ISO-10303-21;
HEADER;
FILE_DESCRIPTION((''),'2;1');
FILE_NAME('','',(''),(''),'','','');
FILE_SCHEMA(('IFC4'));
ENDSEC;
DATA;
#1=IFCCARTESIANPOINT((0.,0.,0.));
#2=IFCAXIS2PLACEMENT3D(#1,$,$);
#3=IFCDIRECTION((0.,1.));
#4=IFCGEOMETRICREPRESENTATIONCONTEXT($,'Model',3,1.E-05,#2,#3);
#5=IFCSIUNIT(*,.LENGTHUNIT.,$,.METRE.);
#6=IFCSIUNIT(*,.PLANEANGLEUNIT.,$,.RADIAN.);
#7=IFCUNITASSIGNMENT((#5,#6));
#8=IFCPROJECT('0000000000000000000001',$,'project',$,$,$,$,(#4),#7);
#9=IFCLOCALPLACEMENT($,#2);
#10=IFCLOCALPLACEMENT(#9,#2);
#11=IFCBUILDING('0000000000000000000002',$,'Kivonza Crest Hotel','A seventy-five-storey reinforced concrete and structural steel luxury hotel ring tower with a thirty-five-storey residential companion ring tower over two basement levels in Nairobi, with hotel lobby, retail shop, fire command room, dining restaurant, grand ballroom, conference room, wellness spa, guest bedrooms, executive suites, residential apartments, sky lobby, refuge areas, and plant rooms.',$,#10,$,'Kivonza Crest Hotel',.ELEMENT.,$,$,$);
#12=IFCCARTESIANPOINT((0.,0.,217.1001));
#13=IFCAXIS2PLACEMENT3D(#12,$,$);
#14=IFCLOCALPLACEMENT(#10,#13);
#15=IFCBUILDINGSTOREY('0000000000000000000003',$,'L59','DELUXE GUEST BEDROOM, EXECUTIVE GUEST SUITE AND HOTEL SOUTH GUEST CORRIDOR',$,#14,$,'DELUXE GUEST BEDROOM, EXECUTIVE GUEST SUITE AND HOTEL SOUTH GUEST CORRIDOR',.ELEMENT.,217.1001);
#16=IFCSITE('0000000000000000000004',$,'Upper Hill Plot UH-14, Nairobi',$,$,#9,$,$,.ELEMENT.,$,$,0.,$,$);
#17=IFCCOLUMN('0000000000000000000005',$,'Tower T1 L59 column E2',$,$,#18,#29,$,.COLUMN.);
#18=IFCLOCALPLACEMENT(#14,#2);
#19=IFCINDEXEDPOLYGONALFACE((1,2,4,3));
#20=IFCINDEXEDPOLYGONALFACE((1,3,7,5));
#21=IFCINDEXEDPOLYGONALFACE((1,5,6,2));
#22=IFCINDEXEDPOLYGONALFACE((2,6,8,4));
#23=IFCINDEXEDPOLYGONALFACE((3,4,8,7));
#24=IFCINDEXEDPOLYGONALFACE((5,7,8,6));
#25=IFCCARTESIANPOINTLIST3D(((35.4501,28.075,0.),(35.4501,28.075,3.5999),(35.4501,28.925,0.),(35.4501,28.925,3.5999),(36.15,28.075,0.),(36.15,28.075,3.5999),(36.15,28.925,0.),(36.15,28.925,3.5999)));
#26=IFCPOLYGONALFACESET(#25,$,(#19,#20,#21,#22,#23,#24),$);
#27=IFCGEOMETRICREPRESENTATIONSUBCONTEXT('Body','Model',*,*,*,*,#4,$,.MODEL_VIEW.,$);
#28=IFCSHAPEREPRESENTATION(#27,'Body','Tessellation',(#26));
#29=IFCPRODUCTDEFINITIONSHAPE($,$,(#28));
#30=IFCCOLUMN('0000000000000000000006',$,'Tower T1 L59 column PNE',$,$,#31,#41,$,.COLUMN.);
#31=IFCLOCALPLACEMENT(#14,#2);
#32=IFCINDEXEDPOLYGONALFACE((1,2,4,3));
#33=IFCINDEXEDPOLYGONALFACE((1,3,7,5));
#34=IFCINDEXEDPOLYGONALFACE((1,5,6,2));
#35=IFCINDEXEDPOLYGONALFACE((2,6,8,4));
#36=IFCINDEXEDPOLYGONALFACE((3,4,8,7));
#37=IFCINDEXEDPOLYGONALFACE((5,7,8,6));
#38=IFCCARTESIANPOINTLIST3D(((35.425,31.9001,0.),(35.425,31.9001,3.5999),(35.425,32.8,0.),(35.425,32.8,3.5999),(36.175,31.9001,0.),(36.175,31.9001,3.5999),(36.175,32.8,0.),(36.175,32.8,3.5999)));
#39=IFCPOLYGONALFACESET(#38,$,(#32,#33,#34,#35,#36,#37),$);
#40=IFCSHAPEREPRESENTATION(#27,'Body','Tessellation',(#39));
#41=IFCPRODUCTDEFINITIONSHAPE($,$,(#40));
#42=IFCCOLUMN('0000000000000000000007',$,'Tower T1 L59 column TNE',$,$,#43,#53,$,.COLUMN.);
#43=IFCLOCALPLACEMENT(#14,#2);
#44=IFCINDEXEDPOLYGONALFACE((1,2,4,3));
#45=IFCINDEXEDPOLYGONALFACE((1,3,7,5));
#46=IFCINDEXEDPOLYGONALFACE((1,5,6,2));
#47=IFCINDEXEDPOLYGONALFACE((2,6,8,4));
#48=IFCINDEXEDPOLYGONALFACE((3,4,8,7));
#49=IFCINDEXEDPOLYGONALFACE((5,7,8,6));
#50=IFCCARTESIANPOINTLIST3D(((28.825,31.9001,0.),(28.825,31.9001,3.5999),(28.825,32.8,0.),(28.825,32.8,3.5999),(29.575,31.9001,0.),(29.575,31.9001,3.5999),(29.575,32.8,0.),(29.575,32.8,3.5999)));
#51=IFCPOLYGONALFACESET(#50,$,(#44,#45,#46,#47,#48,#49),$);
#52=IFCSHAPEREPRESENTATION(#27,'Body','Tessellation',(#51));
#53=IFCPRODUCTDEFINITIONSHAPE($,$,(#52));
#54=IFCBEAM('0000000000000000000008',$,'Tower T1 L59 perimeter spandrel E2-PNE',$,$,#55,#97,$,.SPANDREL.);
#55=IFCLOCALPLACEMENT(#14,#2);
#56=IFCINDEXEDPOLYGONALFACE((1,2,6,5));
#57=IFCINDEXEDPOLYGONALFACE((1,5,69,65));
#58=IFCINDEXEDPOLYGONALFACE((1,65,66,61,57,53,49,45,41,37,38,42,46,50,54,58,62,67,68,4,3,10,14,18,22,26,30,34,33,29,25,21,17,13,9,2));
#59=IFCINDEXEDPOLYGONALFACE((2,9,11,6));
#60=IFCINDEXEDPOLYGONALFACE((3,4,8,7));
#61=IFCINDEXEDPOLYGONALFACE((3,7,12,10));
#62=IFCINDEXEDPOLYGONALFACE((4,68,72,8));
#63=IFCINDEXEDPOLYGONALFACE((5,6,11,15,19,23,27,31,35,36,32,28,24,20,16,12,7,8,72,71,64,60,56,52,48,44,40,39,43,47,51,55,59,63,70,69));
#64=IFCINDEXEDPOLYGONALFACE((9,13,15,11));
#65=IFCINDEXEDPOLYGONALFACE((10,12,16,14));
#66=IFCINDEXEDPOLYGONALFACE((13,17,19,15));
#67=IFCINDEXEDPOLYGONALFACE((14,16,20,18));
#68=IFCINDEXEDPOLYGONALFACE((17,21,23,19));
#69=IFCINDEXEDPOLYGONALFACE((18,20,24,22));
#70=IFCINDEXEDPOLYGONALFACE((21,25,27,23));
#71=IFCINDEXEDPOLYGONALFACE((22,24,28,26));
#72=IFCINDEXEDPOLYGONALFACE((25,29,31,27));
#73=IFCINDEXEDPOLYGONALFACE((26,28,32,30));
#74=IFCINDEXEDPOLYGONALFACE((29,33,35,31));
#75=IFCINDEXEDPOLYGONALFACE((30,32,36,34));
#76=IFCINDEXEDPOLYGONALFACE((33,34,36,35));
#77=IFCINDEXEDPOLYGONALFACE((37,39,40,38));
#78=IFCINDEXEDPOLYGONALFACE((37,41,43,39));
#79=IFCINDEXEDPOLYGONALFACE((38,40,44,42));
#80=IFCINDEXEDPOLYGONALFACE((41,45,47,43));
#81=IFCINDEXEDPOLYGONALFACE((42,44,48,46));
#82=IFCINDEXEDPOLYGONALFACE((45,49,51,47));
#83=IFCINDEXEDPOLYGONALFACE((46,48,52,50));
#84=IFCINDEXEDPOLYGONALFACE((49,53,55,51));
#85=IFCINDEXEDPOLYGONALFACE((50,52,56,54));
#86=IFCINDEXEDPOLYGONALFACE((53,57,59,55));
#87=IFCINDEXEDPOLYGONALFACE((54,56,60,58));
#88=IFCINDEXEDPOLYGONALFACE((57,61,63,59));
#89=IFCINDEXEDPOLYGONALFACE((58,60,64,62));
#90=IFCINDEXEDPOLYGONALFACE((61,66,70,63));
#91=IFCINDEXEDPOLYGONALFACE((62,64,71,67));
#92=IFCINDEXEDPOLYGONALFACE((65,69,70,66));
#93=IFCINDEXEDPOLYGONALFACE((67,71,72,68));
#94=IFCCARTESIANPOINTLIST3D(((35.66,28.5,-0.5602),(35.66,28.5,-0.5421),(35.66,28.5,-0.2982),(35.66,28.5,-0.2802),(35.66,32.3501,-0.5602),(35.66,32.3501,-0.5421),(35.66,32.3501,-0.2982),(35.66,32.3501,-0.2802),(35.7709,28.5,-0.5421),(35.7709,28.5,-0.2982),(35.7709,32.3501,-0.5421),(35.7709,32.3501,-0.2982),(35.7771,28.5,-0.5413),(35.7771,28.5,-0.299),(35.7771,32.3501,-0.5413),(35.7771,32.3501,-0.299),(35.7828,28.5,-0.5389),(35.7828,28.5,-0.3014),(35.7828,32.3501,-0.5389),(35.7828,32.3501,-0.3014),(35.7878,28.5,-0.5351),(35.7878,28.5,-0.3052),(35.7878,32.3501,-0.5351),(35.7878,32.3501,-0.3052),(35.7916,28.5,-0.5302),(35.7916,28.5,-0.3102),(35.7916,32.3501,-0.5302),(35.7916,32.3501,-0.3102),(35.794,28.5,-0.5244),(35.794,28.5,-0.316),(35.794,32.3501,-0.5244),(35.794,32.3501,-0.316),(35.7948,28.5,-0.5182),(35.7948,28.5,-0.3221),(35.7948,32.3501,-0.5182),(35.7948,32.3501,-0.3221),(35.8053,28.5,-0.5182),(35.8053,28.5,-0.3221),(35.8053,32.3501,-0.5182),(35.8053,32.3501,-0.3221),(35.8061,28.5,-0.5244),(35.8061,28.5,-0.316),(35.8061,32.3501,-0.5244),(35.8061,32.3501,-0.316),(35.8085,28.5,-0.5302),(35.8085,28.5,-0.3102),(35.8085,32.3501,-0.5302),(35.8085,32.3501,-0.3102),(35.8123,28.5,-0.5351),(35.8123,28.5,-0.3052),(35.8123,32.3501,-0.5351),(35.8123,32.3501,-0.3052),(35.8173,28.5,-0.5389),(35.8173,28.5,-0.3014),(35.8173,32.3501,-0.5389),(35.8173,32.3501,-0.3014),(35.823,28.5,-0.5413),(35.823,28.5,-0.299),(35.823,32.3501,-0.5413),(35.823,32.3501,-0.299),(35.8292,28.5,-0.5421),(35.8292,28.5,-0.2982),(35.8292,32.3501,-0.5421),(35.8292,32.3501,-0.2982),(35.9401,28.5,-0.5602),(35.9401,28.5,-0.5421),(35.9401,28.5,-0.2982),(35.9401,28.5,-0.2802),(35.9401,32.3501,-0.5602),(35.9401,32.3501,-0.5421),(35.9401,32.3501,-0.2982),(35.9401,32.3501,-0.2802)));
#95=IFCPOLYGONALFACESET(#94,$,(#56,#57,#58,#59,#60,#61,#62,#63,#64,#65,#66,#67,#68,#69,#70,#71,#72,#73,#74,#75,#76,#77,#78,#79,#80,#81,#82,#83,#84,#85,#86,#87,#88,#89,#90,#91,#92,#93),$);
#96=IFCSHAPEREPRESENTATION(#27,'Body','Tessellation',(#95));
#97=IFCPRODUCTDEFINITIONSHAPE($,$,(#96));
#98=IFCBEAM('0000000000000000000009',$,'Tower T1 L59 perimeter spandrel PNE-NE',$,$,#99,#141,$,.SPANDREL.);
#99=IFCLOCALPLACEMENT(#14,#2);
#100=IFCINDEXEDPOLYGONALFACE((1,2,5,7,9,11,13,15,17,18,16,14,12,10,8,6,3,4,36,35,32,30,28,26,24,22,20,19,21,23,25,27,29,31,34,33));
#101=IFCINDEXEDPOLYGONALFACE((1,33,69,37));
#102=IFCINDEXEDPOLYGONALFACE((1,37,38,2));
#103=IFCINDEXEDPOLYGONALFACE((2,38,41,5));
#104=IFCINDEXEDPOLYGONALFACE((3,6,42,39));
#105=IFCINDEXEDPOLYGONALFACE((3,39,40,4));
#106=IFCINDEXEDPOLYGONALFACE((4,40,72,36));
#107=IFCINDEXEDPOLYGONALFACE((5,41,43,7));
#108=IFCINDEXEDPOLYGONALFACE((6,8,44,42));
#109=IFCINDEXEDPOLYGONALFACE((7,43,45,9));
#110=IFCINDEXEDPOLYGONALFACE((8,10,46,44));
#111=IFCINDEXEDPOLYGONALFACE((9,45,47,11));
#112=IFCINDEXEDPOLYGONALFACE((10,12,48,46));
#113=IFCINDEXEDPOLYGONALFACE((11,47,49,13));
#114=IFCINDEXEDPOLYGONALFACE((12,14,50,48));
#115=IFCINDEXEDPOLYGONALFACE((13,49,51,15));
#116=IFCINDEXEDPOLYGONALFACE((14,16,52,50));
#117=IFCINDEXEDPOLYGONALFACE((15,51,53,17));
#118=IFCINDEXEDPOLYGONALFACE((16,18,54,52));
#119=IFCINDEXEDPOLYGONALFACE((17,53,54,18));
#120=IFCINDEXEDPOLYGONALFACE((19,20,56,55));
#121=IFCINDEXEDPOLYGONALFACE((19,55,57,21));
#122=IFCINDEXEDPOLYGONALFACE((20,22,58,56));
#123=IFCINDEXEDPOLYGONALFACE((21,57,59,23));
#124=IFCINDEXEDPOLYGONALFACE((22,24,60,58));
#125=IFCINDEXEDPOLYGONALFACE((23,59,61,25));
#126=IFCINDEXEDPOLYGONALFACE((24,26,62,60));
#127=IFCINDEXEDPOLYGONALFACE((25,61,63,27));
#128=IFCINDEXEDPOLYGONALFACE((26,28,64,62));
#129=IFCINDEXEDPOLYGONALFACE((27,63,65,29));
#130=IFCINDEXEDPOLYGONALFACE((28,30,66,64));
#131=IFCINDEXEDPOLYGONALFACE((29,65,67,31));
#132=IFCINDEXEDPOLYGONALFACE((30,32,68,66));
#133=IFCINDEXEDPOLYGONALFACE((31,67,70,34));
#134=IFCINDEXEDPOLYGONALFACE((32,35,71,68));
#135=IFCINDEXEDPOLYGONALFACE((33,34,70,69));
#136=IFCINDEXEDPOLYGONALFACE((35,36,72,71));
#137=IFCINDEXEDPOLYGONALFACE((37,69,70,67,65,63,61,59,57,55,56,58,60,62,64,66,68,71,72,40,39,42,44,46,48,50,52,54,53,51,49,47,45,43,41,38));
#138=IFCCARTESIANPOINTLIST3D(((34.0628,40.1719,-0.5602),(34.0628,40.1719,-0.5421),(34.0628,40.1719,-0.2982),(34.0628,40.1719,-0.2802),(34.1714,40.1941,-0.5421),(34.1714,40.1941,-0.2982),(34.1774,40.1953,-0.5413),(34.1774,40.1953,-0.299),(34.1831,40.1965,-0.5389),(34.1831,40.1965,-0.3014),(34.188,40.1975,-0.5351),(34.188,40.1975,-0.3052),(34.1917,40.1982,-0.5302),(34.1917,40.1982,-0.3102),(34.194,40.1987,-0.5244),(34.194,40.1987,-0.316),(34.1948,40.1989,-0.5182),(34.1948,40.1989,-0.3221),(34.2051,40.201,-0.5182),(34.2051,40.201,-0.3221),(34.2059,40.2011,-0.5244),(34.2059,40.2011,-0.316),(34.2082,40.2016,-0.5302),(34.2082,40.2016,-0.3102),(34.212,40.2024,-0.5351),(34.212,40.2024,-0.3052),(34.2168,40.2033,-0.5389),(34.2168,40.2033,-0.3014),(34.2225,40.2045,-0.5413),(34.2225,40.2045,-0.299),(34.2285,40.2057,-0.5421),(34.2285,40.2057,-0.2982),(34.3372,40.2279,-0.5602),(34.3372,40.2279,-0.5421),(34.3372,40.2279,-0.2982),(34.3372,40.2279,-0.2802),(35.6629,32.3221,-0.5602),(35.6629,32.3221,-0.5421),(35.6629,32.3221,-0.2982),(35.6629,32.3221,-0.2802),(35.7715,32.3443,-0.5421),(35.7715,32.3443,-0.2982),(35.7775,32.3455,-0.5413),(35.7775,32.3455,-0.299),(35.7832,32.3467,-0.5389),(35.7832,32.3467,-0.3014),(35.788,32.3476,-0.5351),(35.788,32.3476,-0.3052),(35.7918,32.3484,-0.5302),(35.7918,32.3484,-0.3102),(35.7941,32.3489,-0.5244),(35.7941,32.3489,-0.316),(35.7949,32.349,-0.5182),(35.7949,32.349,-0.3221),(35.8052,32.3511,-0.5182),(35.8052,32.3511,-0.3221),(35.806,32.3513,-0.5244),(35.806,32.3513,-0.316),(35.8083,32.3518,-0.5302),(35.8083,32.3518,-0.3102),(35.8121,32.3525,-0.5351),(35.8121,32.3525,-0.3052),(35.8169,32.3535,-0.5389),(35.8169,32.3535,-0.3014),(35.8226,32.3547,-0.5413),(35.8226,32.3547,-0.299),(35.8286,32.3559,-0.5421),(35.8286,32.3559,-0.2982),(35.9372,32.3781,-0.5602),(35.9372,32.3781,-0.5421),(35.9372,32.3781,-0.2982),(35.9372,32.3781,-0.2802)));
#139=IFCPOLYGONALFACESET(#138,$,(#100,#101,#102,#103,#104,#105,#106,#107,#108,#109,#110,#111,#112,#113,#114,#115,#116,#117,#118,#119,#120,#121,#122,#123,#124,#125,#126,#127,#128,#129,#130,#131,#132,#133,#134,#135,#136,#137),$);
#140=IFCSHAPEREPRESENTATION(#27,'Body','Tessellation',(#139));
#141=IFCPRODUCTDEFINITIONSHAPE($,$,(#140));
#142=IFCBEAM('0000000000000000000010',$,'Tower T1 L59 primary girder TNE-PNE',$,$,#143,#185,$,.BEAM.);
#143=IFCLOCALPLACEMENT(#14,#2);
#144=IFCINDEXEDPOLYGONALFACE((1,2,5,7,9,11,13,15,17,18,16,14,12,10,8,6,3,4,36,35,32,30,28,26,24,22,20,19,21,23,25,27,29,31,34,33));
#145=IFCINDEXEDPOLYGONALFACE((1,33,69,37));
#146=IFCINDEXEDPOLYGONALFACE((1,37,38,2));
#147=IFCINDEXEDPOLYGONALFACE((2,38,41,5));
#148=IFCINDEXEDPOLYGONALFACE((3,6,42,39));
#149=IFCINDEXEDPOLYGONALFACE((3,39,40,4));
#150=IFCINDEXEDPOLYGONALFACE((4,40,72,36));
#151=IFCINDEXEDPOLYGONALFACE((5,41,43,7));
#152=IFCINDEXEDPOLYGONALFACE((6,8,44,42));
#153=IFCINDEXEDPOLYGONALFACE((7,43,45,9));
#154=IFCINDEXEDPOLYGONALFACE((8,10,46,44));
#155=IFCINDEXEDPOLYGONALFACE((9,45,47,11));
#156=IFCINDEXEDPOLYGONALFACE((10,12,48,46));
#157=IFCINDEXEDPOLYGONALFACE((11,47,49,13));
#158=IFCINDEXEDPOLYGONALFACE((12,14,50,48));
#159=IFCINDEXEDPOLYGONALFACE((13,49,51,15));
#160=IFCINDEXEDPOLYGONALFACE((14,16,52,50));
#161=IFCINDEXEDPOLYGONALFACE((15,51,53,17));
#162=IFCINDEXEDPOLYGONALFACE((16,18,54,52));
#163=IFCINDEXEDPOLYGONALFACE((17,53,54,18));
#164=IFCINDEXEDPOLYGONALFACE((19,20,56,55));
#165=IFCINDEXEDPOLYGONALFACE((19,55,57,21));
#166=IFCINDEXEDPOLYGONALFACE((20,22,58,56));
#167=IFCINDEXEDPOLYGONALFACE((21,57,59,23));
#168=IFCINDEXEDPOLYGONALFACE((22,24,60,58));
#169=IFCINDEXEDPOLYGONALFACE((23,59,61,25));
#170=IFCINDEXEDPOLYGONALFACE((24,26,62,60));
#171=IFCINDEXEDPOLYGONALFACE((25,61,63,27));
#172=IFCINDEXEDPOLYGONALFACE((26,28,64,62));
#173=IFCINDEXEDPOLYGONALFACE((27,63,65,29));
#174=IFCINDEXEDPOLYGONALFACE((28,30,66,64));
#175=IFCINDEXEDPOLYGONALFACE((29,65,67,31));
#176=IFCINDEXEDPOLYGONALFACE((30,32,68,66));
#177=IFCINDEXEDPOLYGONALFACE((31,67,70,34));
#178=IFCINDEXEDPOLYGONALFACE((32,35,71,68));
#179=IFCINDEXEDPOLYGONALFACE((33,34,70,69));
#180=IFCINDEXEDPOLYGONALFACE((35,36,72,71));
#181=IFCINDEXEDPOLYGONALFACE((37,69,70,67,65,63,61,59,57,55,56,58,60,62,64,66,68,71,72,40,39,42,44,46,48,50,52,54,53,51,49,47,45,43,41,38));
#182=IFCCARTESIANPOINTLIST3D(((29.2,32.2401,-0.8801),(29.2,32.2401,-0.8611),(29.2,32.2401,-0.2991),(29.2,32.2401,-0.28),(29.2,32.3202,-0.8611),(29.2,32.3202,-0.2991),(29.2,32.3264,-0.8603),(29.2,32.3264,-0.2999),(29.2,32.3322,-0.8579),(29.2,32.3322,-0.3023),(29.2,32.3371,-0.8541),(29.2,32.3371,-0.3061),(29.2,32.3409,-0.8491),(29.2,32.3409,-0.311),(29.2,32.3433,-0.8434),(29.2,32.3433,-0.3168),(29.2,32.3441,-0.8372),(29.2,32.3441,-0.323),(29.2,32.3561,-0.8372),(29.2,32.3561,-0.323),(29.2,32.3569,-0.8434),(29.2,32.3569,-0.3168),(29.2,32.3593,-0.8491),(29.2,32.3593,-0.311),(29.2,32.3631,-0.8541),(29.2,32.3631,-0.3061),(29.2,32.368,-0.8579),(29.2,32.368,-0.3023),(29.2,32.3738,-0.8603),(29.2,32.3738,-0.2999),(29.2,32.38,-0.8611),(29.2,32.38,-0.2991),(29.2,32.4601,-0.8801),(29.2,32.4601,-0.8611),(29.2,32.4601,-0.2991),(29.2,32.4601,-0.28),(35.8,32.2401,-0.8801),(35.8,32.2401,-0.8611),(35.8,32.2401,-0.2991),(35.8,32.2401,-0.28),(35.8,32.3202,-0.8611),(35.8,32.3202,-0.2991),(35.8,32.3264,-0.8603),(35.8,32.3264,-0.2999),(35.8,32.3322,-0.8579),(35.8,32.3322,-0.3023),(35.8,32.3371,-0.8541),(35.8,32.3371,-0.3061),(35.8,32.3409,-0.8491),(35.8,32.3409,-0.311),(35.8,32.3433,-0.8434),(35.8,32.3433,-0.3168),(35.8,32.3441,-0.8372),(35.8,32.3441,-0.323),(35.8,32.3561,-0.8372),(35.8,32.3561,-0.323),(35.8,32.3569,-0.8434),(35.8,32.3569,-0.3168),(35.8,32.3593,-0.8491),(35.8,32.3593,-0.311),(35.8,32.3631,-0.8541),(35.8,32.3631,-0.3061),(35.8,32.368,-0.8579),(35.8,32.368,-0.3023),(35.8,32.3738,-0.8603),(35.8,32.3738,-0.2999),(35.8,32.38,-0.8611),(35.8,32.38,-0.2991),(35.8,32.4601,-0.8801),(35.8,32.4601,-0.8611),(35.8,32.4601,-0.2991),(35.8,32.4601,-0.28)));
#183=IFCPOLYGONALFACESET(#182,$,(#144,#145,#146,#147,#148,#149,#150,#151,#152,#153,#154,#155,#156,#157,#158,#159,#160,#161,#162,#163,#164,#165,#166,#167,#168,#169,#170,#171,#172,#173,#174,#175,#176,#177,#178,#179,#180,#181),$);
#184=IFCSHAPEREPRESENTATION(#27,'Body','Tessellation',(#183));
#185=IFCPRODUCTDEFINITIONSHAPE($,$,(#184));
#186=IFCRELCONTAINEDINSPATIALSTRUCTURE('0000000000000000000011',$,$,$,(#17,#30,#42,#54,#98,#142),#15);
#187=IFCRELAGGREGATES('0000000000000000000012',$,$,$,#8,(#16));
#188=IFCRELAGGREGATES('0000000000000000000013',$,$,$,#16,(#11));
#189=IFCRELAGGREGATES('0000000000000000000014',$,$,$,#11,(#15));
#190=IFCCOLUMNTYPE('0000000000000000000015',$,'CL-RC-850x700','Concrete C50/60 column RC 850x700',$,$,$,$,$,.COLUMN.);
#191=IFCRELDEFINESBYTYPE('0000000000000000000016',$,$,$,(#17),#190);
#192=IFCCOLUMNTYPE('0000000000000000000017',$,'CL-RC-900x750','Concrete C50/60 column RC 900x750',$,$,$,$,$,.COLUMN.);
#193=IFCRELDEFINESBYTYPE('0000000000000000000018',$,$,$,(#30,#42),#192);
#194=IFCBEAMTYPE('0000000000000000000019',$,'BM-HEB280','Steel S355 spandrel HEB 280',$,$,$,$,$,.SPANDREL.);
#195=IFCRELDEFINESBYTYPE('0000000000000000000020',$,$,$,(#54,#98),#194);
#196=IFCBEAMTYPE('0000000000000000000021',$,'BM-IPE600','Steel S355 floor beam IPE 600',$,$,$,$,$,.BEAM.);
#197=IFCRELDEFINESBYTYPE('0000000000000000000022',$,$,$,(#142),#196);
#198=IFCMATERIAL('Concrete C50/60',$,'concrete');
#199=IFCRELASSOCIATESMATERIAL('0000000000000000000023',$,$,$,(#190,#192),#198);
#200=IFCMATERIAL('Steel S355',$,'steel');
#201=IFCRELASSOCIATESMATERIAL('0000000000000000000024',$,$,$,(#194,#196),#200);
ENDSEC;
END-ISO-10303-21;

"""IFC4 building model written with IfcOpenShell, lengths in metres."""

from ifc_helpers import new_model, si_unit, direction, frame, origin, origin_2d, place, context, subcontext, project, spatial, rectangle, i_section, extrude, material, material_profile, profile_set, type_object, element, save


model = new_model("IFC4")

# Units and contexts
model_context = context("Model", 3, precision=1e-05, world=origin(), true_north=direction((0.0, 1.0)))
body_context = subcontext(model_context, "Body", "Model", "MODEL_VIEW")
ifc_project = project(units=[si_unit("LENGTHUNIT", "METRE"), si_unit("PLANEANGLEUNIT", "RADIAN")], contexts=[model_context])

# Site, building, storey
site_placement = place(None, origin())
site = spatial("IfcSite", under=ifc_project, at=site_placement, Name="Upper Hill Plot UH-14, Nairobi", CompositionType="ELEMENT", RefElevation=0.0)
building_placement = place(site_placement, origin())
building = spatial("IfcBuilding", under=site, at=building_placement, Name="Kivonza Crest Hotel", Description="A seventy-five-storey reinforced concrete and structural steel luxury hotel ring tower with a thirty-five-storey residential companion ring tower over two basement levels in Nairobi, with hotel lobby, retail shop, fire command room, dining restaurant, grand ballroom, conference room, wellness spa, guest bedrooms, executive suites, residential apartments, sky lobby, refuge areas, and plant rooms.", LongName="Kivonza Crest Hotel", CompositionType="ELEMENT")
storey_placement = place(building_placement, frame((0.0, 0.0, 217.1001)))
storey = spatial("IfcBuildingStorey", under=building, at=storey_placement, Name="L59", Description="DELUXE GUEST BEDROOM, EXECUTIVE GUEST SUITE AND HOTEL SOUTH GUEST CORRIDOR", LongName="DELUXE GUEST BEDROOM, EXECUTIVE GUEST SUITE AND HOTEL SOUTH GUEST CORRIDOR", CompositionType="ELEMENT", Elevation=217.1001)

# Columns
ifc_material_1 = material(Name="Concrete C50/60", Category="concrete")
ifc_material_profile_1 = material_profile(ifc_material_1, rectangle(XDim=0.7, YDim=0.8501, at=origin_2d()), Name="RC 850x700")
ifc_profile_set_1 = profile_set([ifc_material_profile_1], Name="Concrete C50/60")
column_type_1 = type_object("IfcColumnType", Name="CL-RC-850x700", Description="Concrete C50/60 column RC 850x700", PredefinedType="COLUMN", material=ifc_profile_set_1)
column_placement = place(storey_placement, frame((35.8, 28.5, 0.0), z_axis=(0.0, 0.0, 1.0), x_axis=(1.0, 0.0, 0.0)))
element("IfcColumn", 1, at=column_placement, inside=storey, type_object=column_type_1, Name="Tower T1 L59 column E2", PredefinedType="COLUMN", context=body_context, shape_type="SweptSolid", body=[
    extrude(rectangle(XDim=0.7, YDim=0.8501, at=origin_2d()), origin(), (0.0, 0.0, 1.0), 3.5999),
])
ifc_material_profile_2 = material_profile(ifc_material_1, rectangle(XDim=0.75, YDim=0.8999, at=origin_2d()), Name="RC 900x750")
ifc_profile_set_2 = profile_set([ifc_material_profile_2], Name="Concrete C50/60")
column_type_2 = type_object("IfcColumnType", Name="CL-RC-900x750", Description="Concrete C50/60 column RC 900x750", PredefinedType="COLUMN", material=ifc_profile_set_2)
for number, where, z_axis, x_axis, name in (
    (2, (35.8, 32.3501, 0.0), (0.0, 0.0, 1.0), (1.0, 0.0, 0.0), "Tower T1 L59 column PNE"),
    (3, (29.2, 32.3501, 0.0), (0.0, 0.0, 1.0), (1.0, 0.0, 0.0), "Tower T1 L59 column TNE"),
):
    element("IfcColumn", number, at=place(storey_placement, frame(where, z_axis=z_axis, x_axis=x_axis)), inside=storey, type_object=column_type_2, Name=name, PredefinedType="COLUMN", context=body_context, shape_type="SweptSolid", body=[
        extrude(rectangle(XDim=0.75, YDim=0.8999, at=origin_2d()), origin(), (0.0, 0.0, 1.0), 3.5999),
    ])

# Beams
ifc_material_2 = material(Name="Steel S355", Category="steel")
ifc_material_profile_3 = material_profile(ifc_material_2, i_section(OverallWidth=0.28, OverallDepth=0.28, WebThickness=0.0105, FlangeThickness=0.0181, FilletRadius=0.0239, at=origin_2d()), Name="HEB 280")
ifc_profile_set_3 = profile_set([ifc_material_profile_3], Name="Steel S355")
beam_type_1 = type_object("IfcBeamType", Name="BM-HEB280", Description="Steel S355 spandrel HEB 280", PredefinedType="SPANDREL", material=ifc_profile_set_3)
beam_1_placement = place(storey_placement, frame((35.8, 28.5, -0.4202), z_axis=(0.0, 1.0, 0.0), x_axis=(-1.0, 0.0, 0.0)))
element("IfcBeam", 4, at=beam_1_placement, inside=storey, type_object=beam_type_1, Name="Tower T1 L59 perimeter spandrel E2-PNE", PredefinedType="SPANDREL", context=body_context, shape_type="SweptSolid", body=[
    extrude(i_section(OverallWidth=0.28, OverallDepth=0.28, WebThickness=0.0105, FlangeThickness=0.0181, FilletRadius=0.0239, at=origin_2d()), origin(), (0.0, 0.0, 1.0), 3.8501),
])
beam_2_placement = place(storey_placement, frame((35.8, 32.3501, -0.4202), z_axis=(-0.199731, 0.979851, 0.0), x_axis=(-0.979851, -0.199731, 0.0)))
element("IfcBeam", 5, at=beam_2_placement, inside=storey, type_object=beam_type_1, Name="Tower T1 L59 perimeter spandrel PNE-NE", PredefinedType="SPANDREL", context=body_context, shape_type="SweptSolid", body=[
    extrude(i_section(OverallWidth=0.28, OverallDepth=0.28, WebThickness=0.0105, FlangeThickness=0.0181, FilletRadius=0.0239, at=origin_2d()), origin(), (0.0, 0.0, 1.0), 8.0112),
])
ifc_material_profile_4 = material_profile(ifc_material_2, i_section(OverallWidth=0.22, OverallDepth=0.6001, WebThickness=0.012, FlangeThickness=0.019, FilletRadius=0.0239, at=origin_2d()), Name="IPE 600")
ifc_profile_set_4 = profile_set([ifc_material_profile_4], Name="Steel S355")
beam_type_2 = type_object("IfcBeamType", Name="BM-IPE600", Description="Steel S355 floor beam IPE 600", PredefinedType="BEAM", material=ifc_profile_set_4)
beam_3_placement = place(storey_placement, frame((29.2, 32.3501, -0.5801), z_axis=(1.0, 0.0, 0.0), x_axis=(0.0, 1.0, 0.0)))
element("IfcBeam", 6, at=beam_3_placement, inside=storey, type_object=beam_type_2, Name="Tower T1 L59 primary girder TNE-PNE", PredefinedType="BEAM", context=body_context, shape_type="SweptSolid", body=[
    extrude(i_section(OverallWidth=0.22, OverallDepth=0.6001, WebThickness=0.012, FlangeThickness=0.019, FilletRadius=0.0239, at=origin_2d()), origin(), (0.0, 0.0, 1.0), 6.6001),
])

save(model, "model.ifc")
